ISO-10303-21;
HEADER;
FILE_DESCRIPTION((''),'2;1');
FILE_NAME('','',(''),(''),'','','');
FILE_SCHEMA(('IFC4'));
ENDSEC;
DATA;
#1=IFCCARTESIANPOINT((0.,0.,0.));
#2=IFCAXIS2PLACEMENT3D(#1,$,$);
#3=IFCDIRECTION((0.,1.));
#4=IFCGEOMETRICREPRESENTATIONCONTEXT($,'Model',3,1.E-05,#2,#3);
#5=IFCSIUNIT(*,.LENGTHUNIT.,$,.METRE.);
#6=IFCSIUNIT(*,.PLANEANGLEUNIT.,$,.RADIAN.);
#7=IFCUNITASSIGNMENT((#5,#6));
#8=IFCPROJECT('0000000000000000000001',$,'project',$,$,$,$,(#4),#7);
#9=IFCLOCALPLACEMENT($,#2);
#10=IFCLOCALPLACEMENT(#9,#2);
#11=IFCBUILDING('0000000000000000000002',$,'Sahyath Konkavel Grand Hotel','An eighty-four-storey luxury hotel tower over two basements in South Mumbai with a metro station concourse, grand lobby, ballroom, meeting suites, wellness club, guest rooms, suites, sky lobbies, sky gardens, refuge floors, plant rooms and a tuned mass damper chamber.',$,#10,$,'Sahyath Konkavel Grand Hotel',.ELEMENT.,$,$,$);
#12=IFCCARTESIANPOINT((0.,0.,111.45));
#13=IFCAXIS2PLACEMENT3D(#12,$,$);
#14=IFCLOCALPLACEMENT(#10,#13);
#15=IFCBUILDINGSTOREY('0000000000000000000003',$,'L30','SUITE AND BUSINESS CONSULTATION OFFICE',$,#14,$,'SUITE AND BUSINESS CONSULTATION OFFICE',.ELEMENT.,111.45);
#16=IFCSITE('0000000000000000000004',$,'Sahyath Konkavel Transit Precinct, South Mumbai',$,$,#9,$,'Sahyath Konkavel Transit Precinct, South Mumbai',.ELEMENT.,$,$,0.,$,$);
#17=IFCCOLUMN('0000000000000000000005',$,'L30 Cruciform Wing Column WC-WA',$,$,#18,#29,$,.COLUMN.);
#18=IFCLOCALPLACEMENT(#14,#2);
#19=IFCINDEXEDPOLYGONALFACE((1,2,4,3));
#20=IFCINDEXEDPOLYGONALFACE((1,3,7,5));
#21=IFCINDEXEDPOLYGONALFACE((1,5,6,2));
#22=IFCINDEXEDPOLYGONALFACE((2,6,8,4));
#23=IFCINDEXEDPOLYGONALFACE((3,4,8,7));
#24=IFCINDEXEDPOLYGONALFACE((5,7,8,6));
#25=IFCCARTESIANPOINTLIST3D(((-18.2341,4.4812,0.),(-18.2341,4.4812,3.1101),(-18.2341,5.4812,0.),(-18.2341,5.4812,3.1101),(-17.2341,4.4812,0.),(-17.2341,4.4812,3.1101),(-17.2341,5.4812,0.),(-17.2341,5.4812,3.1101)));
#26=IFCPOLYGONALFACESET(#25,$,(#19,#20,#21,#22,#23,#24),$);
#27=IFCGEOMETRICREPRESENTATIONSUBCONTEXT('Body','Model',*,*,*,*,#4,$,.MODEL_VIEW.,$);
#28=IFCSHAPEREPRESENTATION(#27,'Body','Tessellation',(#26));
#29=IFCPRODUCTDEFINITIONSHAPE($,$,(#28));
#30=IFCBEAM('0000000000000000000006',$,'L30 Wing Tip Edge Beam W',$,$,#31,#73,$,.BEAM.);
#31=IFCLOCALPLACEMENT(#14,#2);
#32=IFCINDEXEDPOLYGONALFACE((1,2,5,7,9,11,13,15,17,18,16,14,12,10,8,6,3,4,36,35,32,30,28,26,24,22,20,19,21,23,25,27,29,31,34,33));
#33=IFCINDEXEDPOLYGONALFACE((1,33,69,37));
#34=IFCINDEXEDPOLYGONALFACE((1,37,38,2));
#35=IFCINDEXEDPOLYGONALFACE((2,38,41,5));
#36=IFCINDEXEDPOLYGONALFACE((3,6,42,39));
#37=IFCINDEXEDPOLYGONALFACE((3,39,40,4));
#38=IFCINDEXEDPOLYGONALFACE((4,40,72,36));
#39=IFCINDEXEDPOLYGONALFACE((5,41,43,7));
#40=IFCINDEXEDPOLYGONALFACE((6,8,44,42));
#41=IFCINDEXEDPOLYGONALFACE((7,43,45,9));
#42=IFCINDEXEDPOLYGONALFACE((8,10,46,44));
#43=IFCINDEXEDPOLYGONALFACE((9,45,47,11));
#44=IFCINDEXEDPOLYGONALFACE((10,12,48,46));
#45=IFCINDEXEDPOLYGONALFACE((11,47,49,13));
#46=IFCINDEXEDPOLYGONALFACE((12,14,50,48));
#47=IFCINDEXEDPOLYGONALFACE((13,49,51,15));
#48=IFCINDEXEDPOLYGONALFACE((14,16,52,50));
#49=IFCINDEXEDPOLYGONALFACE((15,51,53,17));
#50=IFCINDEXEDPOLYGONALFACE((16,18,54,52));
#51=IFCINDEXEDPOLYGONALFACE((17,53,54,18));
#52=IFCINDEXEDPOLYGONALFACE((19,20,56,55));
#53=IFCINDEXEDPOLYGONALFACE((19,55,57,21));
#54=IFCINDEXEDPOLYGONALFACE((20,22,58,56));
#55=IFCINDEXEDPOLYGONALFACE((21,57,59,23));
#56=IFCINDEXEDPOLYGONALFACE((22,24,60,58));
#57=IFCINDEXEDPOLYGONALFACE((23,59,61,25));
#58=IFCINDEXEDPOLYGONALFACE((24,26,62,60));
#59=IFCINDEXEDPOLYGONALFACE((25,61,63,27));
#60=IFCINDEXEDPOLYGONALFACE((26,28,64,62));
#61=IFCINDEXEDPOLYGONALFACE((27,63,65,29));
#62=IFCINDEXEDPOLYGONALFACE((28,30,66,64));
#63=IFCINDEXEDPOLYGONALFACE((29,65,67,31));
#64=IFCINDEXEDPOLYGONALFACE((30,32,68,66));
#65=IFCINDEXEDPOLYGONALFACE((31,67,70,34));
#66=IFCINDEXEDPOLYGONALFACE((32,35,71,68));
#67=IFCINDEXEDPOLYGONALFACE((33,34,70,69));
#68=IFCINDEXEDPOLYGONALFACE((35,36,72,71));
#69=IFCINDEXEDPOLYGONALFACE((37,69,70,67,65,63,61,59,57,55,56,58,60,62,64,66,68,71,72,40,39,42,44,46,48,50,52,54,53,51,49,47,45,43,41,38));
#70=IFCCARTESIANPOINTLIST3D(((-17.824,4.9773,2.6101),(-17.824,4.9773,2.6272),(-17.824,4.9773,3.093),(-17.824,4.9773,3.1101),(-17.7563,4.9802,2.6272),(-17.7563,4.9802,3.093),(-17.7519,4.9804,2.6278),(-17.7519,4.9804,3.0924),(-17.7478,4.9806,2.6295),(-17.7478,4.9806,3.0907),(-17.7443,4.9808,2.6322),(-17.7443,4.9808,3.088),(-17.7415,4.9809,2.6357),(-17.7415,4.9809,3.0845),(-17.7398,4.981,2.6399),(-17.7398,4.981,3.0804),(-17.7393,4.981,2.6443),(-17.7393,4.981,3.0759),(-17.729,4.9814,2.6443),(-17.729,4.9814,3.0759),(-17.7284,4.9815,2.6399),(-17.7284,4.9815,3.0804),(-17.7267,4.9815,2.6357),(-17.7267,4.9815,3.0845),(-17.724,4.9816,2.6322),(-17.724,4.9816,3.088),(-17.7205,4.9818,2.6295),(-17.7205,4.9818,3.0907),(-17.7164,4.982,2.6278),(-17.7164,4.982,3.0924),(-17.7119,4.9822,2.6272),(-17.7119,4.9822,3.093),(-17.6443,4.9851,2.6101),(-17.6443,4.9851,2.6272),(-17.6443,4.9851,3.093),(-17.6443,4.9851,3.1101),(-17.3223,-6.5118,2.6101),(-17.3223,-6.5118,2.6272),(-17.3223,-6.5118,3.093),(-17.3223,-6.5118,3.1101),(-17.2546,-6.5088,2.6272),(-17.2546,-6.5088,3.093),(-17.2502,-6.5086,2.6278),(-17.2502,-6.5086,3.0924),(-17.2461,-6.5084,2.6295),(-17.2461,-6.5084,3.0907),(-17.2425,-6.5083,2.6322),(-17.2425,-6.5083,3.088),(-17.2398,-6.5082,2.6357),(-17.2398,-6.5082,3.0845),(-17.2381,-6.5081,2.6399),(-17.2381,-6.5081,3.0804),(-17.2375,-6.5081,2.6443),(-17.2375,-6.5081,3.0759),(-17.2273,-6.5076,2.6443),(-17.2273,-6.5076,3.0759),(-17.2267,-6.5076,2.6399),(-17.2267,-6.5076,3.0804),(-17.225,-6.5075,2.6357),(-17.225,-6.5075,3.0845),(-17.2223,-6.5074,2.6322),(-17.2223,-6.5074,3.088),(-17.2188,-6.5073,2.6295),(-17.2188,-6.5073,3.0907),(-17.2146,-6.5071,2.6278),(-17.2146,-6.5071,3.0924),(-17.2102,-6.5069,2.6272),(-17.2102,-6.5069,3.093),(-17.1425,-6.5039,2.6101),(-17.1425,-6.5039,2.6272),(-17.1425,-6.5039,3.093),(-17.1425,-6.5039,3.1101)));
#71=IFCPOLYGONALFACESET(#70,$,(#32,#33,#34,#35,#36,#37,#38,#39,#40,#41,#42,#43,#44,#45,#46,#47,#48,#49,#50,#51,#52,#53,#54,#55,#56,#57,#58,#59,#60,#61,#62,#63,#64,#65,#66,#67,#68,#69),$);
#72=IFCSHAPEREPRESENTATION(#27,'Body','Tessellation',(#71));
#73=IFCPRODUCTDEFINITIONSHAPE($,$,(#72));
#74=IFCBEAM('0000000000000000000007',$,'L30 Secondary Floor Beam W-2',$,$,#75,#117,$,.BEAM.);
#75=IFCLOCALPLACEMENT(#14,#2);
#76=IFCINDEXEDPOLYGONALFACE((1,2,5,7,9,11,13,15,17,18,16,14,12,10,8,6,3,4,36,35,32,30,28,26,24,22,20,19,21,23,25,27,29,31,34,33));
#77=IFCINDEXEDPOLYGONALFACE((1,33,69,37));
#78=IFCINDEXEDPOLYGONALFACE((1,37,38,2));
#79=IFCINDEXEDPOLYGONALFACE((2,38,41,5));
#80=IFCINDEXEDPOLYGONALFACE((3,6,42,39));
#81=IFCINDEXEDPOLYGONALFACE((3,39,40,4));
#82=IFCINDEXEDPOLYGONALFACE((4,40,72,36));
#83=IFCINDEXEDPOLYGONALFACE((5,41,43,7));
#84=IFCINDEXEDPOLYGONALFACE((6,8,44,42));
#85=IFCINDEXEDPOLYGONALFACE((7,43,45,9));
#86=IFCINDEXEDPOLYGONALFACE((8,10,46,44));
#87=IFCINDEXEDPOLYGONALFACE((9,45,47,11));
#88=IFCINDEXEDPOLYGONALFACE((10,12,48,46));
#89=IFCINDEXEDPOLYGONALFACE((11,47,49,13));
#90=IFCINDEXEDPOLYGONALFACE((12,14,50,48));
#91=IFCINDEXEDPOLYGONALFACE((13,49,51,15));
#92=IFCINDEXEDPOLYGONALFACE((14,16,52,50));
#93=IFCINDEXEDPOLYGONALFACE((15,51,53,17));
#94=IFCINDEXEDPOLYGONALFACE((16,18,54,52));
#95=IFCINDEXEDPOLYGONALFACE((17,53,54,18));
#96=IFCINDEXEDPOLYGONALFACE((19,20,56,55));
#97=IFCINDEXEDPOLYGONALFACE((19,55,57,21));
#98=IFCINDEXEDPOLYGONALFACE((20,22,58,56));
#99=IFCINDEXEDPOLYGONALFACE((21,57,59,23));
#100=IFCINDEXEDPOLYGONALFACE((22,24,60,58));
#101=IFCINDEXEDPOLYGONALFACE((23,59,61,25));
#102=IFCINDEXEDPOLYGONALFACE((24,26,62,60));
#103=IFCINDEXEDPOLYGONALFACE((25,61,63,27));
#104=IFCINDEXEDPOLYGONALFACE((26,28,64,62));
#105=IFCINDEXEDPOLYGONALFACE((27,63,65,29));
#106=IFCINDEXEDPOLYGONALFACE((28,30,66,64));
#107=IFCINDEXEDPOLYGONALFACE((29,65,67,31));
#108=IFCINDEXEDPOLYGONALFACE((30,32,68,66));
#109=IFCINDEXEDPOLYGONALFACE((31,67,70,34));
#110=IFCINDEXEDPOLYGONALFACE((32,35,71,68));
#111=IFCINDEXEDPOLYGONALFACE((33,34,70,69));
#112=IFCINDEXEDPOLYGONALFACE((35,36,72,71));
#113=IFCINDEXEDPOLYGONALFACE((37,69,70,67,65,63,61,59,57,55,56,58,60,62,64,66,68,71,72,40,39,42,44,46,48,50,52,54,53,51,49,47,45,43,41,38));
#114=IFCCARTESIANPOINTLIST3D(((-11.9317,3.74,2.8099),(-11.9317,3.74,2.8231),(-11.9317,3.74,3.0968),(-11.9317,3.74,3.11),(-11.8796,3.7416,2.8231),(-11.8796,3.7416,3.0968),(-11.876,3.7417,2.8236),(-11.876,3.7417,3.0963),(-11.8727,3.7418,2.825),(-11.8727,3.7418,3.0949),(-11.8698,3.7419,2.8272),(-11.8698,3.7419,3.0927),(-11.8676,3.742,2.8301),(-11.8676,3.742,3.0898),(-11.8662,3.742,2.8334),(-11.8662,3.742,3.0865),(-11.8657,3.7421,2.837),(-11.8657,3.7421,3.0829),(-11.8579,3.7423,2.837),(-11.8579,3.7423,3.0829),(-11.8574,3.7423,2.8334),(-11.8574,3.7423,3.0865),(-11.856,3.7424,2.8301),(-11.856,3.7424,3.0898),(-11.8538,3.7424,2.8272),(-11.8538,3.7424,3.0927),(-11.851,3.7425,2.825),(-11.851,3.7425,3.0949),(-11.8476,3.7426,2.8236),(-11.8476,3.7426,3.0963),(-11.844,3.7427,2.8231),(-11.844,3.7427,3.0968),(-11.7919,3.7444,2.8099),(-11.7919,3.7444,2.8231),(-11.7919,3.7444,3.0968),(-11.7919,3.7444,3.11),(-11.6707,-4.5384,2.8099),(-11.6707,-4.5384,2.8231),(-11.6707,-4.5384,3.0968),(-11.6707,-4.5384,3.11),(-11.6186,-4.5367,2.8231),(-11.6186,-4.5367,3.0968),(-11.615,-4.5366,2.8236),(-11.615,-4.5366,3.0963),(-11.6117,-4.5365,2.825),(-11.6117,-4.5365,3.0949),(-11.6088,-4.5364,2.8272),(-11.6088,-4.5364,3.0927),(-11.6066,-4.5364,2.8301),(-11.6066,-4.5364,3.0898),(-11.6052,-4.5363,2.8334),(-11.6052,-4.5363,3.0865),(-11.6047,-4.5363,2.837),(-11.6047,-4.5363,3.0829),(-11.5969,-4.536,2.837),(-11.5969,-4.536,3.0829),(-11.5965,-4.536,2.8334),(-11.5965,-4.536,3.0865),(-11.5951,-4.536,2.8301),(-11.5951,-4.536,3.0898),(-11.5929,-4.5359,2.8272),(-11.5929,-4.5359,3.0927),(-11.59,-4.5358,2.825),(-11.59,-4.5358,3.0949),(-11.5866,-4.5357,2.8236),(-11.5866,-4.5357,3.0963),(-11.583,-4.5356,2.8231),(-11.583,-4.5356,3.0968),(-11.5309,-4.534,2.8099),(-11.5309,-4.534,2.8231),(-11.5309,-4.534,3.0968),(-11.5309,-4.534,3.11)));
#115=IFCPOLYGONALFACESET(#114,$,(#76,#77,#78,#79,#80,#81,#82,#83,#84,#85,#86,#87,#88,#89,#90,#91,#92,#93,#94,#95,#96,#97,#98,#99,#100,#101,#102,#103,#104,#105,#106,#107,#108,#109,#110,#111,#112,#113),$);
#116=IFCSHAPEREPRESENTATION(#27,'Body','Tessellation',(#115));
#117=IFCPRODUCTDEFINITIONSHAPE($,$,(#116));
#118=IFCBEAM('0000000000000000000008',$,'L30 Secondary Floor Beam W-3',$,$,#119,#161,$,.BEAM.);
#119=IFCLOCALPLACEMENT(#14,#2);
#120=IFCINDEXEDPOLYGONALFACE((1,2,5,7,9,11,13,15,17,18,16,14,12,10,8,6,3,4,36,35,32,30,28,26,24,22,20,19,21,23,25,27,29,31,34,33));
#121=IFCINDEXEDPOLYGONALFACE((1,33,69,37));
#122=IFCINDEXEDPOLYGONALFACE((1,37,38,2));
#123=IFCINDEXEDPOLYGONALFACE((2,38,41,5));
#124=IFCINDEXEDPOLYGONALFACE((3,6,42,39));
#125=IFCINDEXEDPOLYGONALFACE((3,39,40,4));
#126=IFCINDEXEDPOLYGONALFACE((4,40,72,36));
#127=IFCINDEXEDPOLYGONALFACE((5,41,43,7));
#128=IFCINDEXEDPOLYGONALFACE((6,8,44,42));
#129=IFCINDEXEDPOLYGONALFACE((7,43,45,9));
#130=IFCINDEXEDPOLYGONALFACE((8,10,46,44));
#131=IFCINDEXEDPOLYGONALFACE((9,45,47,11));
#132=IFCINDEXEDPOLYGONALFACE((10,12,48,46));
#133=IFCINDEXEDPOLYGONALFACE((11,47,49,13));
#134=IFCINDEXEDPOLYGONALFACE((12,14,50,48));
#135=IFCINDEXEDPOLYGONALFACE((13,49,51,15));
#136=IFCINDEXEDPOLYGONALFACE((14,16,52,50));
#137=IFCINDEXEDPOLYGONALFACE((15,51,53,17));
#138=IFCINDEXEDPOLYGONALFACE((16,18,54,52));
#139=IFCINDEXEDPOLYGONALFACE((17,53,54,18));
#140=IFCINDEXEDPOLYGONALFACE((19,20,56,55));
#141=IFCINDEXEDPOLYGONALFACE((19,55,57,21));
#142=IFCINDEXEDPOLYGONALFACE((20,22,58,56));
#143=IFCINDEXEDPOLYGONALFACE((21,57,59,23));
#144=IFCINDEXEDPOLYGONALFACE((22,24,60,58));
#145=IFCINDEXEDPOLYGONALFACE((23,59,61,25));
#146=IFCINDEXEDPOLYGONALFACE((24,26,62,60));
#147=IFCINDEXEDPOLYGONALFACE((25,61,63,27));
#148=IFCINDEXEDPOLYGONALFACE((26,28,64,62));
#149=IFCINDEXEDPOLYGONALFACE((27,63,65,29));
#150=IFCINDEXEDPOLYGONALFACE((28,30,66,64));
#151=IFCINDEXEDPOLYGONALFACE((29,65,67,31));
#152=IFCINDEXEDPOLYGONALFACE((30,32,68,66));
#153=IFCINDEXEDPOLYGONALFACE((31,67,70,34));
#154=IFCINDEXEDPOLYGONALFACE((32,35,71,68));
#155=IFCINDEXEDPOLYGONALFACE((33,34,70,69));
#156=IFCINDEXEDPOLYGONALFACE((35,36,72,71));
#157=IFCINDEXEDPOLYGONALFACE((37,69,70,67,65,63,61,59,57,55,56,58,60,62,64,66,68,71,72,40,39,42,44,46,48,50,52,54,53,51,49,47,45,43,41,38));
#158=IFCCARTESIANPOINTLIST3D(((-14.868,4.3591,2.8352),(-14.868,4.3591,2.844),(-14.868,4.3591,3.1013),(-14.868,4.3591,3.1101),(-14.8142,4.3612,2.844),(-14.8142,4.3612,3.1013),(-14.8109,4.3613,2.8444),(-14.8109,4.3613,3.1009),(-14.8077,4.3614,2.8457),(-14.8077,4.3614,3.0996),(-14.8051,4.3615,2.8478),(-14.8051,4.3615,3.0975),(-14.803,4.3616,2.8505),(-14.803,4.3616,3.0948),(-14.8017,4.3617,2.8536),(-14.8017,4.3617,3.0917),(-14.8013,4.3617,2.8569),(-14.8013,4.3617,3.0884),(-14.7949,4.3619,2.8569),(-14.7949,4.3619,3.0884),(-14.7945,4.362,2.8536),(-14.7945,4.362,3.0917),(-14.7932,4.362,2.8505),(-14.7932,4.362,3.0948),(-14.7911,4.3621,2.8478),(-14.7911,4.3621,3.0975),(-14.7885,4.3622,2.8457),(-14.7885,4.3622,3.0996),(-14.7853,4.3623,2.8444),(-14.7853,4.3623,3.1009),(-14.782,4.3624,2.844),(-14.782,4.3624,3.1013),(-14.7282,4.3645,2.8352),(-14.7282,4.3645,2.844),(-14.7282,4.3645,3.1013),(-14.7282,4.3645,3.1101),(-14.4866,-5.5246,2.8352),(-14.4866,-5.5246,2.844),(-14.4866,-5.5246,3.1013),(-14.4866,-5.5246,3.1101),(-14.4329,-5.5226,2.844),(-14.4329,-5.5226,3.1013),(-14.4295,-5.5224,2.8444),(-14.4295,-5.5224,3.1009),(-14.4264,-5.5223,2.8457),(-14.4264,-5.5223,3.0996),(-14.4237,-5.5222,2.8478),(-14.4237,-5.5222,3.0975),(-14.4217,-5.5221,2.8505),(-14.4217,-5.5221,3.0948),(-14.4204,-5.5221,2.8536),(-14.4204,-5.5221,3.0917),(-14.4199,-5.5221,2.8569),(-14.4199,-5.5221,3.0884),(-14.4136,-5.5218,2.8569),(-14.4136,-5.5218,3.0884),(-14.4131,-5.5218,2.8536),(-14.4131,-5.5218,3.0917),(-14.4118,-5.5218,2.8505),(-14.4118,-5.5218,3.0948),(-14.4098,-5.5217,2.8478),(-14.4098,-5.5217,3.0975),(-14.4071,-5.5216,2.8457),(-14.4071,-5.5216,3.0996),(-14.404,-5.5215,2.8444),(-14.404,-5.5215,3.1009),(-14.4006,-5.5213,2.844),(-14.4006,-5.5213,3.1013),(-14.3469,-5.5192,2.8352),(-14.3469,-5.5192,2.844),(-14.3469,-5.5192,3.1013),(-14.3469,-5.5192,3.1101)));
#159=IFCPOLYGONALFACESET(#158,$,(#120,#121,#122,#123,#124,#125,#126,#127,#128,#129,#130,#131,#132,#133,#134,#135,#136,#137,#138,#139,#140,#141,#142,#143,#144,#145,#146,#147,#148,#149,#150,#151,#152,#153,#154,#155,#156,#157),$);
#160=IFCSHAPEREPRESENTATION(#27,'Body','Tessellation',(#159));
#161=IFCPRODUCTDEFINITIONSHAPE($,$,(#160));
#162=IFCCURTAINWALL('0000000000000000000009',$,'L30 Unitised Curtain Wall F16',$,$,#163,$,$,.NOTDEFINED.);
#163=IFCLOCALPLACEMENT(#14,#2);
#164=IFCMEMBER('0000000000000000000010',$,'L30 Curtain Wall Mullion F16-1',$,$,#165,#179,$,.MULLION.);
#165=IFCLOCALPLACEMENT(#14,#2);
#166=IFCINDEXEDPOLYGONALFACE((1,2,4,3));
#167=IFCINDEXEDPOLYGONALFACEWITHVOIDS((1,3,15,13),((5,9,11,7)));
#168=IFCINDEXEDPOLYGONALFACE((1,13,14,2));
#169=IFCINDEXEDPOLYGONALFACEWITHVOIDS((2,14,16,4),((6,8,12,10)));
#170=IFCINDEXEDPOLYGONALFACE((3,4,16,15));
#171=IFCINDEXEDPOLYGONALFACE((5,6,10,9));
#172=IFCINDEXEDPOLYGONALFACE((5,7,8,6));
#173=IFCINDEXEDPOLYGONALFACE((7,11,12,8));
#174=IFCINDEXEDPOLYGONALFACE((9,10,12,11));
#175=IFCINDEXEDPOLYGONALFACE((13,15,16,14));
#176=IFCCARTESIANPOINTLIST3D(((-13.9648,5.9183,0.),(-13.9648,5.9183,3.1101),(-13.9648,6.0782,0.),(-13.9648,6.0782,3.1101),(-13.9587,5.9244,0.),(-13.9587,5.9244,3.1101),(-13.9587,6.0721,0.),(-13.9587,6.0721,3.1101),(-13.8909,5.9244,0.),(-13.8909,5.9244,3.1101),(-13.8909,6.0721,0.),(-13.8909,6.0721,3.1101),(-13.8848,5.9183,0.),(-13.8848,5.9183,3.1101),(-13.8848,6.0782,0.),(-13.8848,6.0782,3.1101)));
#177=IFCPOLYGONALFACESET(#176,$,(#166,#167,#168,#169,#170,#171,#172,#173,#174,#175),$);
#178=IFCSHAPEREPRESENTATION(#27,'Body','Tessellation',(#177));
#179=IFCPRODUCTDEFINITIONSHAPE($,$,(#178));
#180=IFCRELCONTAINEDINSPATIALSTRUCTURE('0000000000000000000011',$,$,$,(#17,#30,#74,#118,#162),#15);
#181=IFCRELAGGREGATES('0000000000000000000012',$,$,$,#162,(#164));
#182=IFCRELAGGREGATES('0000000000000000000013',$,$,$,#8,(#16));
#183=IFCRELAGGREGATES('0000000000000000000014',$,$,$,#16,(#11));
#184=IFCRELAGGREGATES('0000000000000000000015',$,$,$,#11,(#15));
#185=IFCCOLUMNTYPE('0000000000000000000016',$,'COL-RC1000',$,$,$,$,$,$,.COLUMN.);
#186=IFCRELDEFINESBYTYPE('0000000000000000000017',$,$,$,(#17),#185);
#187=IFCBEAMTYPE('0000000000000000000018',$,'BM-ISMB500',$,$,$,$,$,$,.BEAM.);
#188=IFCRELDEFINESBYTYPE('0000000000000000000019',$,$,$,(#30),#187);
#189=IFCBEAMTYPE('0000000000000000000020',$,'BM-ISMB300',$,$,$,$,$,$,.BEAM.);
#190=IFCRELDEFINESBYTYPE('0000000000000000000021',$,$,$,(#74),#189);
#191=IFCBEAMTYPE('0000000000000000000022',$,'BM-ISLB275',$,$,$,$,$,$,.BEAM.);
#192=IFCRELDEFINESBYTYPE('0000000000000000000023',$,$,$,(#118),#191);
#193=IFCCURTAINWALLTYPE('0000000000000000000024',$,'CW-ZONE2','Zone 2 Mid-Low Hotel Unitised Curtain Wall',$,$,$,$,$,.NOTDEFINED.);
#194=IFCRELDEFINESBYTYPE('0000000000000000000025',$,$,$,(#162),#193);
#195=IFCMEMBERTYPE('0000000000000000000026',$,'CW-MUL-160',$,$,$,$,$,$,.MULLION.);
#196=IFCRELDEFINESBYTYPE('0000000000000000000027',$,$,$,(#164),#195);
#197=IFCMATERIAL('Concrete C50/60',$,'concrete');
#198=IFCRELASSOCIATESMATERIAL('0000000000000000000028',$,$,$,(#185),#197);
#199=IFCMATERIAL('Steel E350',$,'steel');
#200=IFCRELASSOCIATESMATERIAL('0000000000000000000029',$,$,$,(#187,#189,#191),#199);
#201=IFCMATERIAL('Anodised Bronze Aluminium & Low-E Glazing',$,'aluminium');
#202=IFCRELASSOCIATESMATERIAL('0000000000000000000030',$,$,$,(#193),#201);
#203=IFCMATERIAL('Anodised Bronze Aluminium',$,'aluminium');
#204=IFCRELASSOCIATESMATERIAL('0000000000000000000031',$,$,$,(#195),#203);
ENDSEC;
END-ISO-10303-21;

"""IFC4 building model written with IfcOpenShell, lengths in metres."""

from ifc_helpers import new_model, si_unit, direction, frame, origin, origin_2d, place, context, subcontext, project, spatial, rectangle, hollow_rectangle, i_section, extrude, source, transform, mapped, material, material_profile, profile_set, type_object, element, aggregate, save


model = new_model("IFC4")

# Units and contexts
model_context = context("Model", 3, precision=1e-05, world=origin(), true_north=direction((0.0, 1.0)))
body_context = subcontext(model_context, "Body", "Model", "MODEL_VIEW")
ifc_project = project(units=[si_unit("LENGTHUNIT", "METRE"), si_unit("PLANEANGLEUNIT", "RADIAN")], contexts=[model_context])

# Site, building, storey
site_placement = place(None, origin())
site = spatial("IfcSite", under=ifc_project, at=site_placement, Name="Sahyath Konkavel Transit Precinct, South Mumbai", LongName="Sahyath Konkavel Transit Precinct, South Mumbai", CompositionType="ELEMENT", RefElevation=0.0)
building_placement = place(site_placement, origin())
building = spatial("IfcBuilding", under=site, at=building_placement, Name="Sahyath Konkavel Grand Hotel", Description="An eighty-four-storey luxury hotel tower over two basements in South Mumbai with a metro station concourse, grand lobby, ballroom, meeting suites, wellness club, guest rooms, suites, sky lobbies, sky gardens, refuge floors, plant rooms and a tuned mass damper chamber.", LongName="Sahyath Konkavel Grand Hotel", CompositionType="ELEMENT")
storey_placement = place(building_placement, frame((0.0, 0.0, 111.45)))
storey = spatial("IfcBuildingStorey", under=building, at=storey_placement, Name="L30", Description="SUITE AND BUSINESS CONSULTATION OFFICE", LongName="SUITE AND BUSINESS CONSULTATION OFFICE", CompositionType="ELEMENT", Elevation=111.45)

# Column
ifc_material_1 = material(Name="Concrete C50/60", Category="concrete")
ifc_material_profile_1 = material_profile(ifc_material_1, rectangle(XDim=1.0, YDim=1.0, at=origin_2d()), Name="RC 1000x1000")
ifc_profile_set_1 = profile_set([ifc_material_profile_1], Name="Concrete C50/60")
column_type = type_object("IfcColumnType", Name="COL-RC1000", PredefinedType="COLUMN", material=ifc_profile_set_1)
shared_shape_1 = source(origin(), body_context, "Body", "SweptSolid", [
    extrude(rectangle(XDim=1.0, YDim=1.0, at=origin_2d()), origin(), (0.0, 0.0, 1.0), 3.1101),
])
column_placement = place(storey_placement, frame((-17.7341, 4.9812, 0.0), z_axis=(0.0, 0.0, 1.0), x_axis=(1.0, 0.0, 0.0)))
element("IfcColumn", 1, at=column_placement, inside=storey, type_object=column_type, Name="L30 Cruciform Wing Column WC-WA", PredefinedType="COLUMN", context=body_context, shape_type="MappedRepresentation", body=[
    mapped(shared_shape_1, transform((0.0, 0.0, 0.0), scale=1.0)),
])

# Beams
ifc_material_2 = material(Name="Steel E350", Category="steel")
ifc_material_profile_2 = material_profile(ifc_material_2, i_section(OverallWidth=0.1799, OverallDepth=0.5, WebThickness=0.0103, FlangeThickness=0.0171, FilletRadius=0.0171, at=origin_2d()), Name="ISMB 500")
ifc_profile_set_2 = profile_set([ifc_material_profile_2], Name="Steel E350")
beam_type_1 = type_object("IfcBeamType", Name="BM-ISMB500", PredefinedType="BEAM", material=ifc_profile_set_2)
shared_shape_2 = source(origin(), body_context, "Body", "SweptSolid", [
    extrude(i_section(OverallWidth=0.1799, OverallDepth=0.5, WebThickness=0.0103, FlangeThickness=0.0171, FilletRadius=0.0171, at=origin_2d()), origin(), (0.0, 0.0, 1.0), 11.5),
])
beam_1_placement = place(storey_placement, frame((-17.7341, 4.9812, 2.8601), z_axis=(0.043627, -0.999048, 0.0), x_axis=(0.999048, 0.043627, 0.0)))
element("IfcBeam", 2, at=beam_1_placement, inside=storey, type_object=beam_type_1, Name="L30 Wing Tip Edge Beam W", PredefinedType="BEAM", context=body_context, shape_type="MappedRepresentation", body=[
    mapped(shared_shape_2, transform((0.0, 0.0, 0.0), scale=1.0)),
])
ifc_material_profile_3 = material_profile(ifc_material_2, i_section(OverallWidth=0.1399, OverallDepth=0.3, WebThickness=0.0078, FlangeThickness=0.0132, FilletRadius=0.0139, at=origin_2d()), Name="ISMB 300")
ifc_profile_set_3 = profile_set([ifc_material_profile_3], Name="Steel E350")
beam_type_2 = type_object("IfcBeamType", Name="BM-ISMB300", PredefinedType="BEAM", material=ifc_profile_set_3)
shared_shape_3 = source(origin(), body_context, "Body", "SweptSolid", [
    extrude(i_section(OverallWidth=0.1399, OverallDepth=0.3, WebThickness=0.0078, FlangeThickness=0.0132, FilletRadius=0.0139, at=origin_2d()), origin(), (0.0, 0.0, 1.0), 8.2825),
])
beam_2_placement = place(storey_placement, frame((-11.8618, 3.7422, 2.96), z_axis=(0.031511, -0.999503, 0.0), x_axis=(0.999503, 0.031511, 0.0)))
element("IfcBeam", 3, at=beam_2_placement, inside=storey, type_object=beam_type_2, Name="L30 Secondary Floor Beam W-2", PredefinedType="BEAM", context=body_context, shape_type="MappedRepresentation", body=[
    mapped(shared_shape_3, transform((0.0, 0.0, 0.0), scale=1.0)),
])
ifc_material_profile_4 = material_profile(ifc_material_2, i_section(OverallWidth=0.1399, OverallDepth=0.2749, WebThickness=0.0063, FlangeThickness=0.0088, FilletRadius=0.0129, at=origin_2d()), Name="ISLB 275")
ifc_profile_set_4 = profile_set([ifc_material_profile_4], Name="Steel E350")
beam_type_3 = type_object("IfcBeamType", Name="BM-ISLB275", PredefinedType="BEAM", material=ifc_profile_set_4)
shared_shape_4 = source(origin(), body_context, "Body", "SweptSolid", [
    extrude(i_section(OverallWidth=0.1399, OverallDepth=0.2749, WebThickness=0.0063, FlangeThickness=0.0088, FilletRadius=0.0129, at=origin_2d()), origin(), (0.0, 0.0, 1.0), 9.8911),
])
beam_3_placement = place(storey_placement, frame((-14.7981, 4.3618, 2.9727), z_axis=(0.038554, -0.999257, 0.0), x_axis=(0.999257, 0.038554, 0.0)))
element("IfcBeam", 4, at=beam_3_placement, inside=storey, type_object=beam_type_3, Name="L30 Secondary Floor Beam W-3", PredefinedType="BEAM", context=body_context, shape_type="MappedRepresentation", body=[
    mapped(shared_shape_4, transform((0.0, 0.0, 0.0), scale=1.0)),
])

# Curtain wall, member
ifc_material_3 = material(Name="Anodised Bronze Aluminium & Low-E Glazing", Category="aluminium")
curtain_wall_type = type_object("IfcCurtainWallType", Name="CW-ZONE2", Description="Zone 2 Mid-Low Hotel Unitised Curtain Wall", PredefinedType="NOTDEFINED", material=ifc_material_3)
curtain_wall_1_placement = place(storey_placement, origin())
curtain_wall_1 = element("IfcCurtainWall", 5, at=curtain_wall_1_placement, inside=storey, type_object=curtain_wall_type, Name="L30 Unitised Curtain Wall F16", PredefinedType="NOTDEFINED")
ifc_material_4 = material(Name="Anodised Bronze Aluminium", Category="aluminium")
ifc_material_profile_5 = material_profile(ifc_material_4, hollow_rectangle(XDim=0.0801, YDim=0.1599, WallThickness=0.0061, at=origin_2d()), Name="RHS 160x80x6")
ifc_profile_set_5 = profile_set([ifc_material_profile_5], Name="Anodised Bronze Aluminium")
member_type_1 = type_object("IfcMemberType", Name="CW-MUL-160", PredefinedType="MULLION", material=ifc_profile_set_5)
shared_shape_5 = source(origin(), body_context, "Body", "SweptSolid", [
    extrude(hollow_rectangle(XDim=0.0801, YDim=0.1599, WallThickness=0.0061, at=origin_2d()), origin(), (0.0, 0.0, 1.0), 3.1101),
])
member_1_placement = place(storey_placement, frame((-13.9248, 5.9983, 0.0), z_axis=(0.0, 0.0, 1.0), x_axis=(1.0, 0.0, 0.0)))
member_1 = element("IfcMember", 6, at=member_1_placement, type_object=member_type_1, Name="L30 Curtain Wall Mullion F16-1", PredefinedType="MULLION", context=body_context, shape_type="MappedRepresentation", body=[
    mapped(shared_shape_5, transform((0.0, 0.0, 0.0), scale=1.0)),
])

aggregate(curtain_wall_1, [member_1])

save(model, "model.ifc")
